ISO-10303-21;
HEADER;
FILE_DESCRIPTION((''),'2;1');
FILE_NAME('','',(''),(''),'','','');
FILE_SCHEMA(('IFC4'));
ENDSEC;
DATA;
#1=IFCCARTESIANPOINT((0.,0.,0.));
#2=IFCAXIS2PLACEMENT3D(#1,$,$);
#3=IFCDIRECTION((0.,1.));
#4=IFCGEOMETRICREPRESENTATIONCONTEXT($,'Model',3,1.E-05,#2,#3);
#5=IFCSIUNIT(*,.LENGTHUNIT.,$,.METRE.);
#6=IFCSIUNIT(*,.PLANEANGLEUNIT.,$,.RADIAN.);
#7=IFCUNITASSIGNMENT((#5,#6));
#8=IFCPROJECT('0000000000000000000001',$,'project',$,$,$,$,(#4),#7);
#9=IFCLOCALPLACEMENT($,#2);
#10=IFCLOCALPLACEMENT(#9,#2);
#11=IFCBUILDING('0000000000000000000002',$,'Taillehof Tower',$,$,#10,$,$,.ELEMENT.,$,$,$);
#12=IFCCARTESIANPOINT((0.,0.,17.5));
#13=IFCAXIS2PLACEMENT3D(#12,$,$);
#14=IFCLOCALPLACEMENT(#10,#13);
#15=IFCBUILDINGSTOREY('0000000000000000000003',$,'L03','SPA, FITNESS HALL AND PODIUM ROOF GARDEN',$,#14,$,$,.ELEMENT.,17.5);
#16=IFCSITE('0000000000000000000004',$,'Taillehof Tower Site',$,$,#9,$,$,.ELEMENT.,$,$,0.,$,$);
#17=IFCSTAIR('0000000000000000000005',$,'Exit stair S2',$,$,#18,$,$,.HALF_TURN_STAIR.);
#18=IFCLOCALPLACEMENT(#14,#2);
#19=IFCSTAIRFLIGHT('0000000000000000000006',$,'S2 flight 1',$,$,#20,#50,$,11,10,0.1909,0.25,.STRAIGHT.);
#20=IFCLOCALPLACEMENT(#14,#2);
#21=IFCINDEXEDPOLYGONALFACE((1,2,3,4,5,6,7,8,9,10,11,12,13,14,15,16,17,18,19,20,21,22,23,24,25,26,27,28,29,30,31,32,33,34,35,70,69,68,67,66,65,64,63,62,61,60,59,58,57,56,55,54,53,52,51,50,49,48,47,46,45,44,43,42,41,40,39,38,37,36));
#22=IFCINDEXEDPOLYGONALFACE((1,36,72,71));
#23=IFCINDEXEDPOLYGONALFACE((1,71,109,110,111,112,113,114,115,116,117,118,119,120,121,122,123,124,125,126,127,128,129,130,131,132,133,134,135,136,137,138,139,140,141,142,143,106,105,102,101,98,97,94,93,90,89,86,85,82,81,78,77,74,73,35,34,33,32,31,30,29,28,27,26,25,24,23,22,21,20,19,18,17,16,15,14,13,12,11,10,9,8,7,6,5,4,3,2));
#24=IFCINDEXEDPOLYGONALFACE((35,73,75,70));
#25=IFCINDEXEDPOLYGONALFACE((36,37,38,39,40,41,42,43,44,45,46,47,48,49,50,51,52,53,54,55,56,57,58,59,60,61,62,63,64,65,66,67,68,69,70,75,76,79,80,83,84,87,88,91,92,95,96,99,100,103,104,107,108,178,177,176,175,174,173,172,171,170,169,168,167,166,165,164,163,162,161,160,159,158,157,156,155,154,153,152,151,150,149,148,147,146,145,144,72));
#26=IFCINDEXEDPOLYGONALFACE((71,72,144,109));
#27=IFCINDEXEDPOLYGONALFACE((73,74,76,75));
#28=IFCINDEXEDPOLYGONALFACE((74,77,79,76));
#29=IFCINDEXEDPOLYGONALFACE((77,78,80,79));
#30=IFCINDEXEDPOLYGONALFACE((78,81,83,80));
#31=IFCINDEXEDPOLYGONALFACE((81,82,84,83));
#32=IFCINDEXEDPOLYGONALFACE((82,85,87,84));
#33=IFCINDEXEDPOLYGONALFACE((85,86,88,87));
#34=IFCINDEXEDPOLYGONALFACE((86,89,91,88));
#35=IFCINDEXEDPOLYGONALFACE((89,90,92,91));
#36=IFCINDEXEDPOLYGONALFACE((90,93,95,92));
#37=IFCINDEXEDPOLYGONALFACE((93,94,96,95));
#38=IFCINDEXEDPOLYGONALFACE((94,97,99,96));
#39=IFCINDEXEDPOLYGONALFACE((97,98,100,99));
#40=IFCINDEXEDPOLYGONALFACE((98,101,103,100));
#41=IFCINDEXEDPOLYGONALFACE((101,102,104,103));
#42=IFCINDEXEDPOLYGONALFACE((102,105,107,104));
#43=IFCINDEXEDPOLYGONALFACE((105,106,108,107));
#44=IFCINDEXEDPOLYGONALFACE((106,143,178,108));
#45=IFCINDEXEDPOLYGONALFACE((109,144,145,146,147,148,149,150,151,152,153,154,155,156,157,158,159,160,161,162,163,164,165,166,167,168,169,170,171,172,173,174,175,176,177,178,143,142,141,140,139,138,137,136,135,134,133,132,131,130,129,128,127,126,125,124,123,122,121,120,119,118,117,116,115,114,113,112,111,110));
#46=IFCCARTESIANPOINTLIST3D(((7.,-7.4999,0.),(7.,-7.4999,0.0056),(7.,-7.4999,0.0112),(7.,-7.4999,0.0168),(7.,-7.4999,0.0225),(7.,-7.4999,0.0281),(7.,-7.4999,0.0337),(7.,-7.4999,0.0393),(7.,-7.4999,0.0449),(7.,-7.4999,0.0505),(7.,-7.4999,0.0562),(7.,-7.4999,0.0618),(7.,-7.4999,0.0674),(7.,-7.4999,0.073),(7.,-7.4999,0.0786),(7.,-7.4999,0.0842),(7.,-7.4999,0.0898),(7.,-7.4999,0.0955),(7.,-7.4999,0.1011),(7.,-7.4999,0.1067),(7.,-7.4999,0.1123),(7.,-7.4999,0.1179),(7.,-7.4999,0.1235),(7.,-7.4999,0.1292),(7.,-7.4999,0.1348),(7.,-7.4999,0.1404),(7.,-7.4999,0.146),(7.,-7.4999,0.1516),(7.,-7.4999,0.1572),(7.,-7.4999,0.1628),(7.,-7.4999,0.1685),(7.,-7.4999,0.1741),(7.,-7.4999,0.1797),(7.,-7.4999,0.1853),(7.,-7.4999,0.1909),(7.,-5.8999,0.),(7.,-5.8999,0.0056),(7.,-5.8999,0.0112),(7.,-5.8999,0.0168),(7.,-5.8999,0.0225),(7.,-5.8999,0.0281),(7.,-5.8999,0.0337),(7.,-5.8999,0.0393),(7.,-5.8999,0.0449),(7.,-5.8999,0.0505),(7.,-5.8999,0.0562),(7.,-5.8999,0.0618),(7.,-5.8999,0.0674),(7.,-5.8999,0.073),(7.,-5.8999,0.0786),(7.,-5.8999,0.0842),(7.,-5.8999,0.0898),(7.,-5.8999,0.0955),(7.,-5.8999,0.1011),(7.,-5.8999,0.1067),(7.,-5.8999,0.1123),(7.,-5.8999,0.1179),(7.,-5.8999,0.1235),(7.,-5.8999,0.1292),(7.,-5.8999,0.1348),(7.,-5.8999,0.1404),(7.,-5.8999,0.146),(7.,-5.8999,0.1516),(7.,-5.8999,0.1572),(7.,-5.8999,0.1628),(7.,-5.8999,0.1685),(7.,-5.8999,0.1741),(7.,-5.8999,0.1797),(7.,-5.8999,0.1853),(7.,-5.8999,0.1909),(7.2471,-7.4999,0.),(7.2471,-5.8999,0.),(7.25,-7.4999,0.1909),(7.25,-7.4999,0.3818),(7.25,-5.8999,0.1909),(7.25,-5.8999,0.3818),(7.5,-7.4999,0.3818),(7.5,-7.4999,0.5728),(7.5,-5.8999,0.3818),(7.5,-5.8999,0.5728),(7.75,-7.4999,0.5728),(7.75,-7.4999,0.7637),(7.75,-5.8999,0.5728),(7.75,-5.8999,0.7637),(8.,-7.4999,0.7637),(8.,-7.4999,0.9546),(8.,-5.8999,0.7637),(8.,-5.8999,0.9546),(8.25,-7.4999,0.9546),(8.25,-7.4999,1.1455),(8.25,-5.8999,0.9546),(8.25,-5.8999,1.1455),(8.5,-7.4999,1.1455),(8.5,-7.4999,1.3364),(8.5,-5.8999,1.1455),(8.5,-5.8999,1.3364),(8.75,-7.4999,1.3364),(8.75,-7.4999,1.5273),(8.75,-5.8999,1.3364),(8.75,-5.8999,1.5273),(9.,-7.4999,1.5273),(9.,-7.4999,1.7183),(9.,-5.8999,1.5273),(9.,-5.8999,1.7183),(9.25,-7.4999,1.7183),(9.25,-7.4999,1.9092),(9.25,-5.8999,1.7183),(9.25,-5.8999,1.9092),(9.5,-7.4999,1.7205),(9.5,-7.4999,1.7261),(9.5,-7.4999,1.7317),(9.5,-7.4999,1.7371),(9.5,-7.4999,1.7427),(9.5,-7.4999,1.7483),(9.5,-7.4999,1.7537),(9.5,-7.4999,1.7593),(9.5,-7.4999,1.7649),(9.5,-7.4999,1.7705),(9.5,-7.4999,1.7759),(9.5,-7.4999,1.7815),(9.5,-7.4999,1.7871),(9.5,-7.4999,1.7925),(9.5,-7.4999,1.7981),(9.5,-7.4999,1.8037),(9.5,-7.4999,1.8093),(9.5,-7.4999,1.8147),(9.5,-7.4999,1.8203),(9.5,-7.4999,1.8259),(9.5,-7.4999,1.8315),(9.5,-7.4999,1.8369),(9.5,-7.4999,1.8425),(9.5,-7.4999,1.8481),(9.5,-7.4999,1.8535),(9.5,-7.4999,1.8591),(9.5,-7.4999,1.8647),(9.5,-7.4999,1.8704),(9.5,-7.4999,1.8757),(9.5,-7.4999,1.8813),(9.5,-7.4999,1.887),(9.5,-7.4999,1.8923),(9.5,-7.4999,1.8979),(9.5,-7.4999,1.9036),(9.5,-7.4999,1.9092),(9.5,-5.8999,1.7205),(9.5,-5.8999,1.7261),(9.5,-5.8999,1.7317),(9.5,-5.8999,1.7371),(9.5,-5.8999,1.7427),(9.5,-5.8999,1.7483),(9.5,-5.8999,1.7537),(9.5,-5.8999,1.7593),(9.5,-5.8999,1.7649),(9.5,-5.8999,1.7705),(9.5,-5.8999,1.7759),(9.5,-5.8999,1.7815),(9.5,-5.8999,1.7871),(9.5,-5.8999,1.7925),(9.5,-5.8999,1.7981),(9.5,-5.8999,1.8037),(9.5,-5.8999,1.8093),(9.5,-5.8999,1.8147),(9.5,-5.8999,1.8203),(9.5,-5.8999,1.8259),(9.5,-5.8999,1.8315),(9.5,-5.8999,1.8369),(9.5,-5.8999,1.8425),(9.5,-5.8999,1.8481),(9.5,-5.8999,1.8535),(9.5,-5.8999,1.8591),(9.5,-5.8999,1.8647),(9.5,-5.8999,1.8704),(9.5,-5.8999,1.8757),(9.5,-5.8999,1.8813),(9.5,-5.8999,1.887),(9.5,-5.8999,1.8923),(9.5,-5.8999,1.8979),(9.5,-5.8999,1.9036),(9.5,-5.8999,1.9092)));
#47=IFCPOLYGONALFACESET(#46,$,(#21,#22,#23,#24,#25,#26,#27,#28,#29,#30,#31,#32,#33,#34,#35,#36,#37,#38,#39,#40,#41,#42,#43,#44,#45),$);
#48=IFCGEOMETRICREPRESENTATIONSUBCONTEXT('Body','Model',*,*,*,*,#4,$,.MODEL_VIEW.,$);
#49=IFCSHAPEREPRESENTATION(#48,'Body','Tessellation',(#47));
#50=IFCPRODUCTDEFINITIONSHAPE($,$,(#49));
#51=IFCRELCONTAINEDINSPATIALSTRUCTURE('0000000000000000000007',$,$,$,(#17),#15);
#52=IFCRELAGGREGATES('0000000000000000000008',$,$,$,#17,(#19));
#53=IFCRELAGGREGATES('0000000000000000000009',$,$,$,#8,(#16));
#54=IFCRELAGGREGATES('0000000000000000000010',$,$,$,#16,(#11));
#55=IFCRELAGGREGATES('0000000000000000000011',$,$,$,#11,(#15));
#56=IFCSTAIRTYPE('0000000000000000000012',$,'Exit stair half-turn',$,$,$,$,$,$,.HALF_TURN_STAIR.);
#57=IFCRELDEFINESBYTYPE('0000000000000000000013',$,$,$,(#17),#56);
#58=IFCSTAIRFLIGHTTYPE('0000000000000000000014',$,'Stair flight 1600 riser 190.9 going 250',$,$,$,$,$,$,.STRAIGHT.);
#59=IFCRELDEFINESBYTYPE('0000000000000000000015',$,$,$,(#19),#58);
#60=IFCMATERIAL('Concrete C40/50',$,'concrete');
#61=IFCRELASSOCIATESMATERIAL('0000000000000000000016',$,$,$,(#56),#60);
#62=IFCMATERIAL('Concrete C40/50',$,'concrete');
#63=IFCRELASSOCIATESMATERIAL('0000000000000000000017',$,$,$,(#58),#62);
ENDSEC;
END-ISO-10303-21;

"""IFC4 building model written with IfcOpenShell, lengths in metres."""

from ifc_helpers import new_model, si_unit, direction, frame, origin, place, context, subcontext, project, spatial, polyline, outline, extrude, material, type_object, element, aggregate, save


model = new_model("IFC4")

# Units and contexts
model_context = context("Model", 3, precision=1e-05, world=origin(), true_north=direction((0.0, 1.0)))
body_context = subcontext(model_context, "Body", "Model", "MODEL_VIEW")
ifc_project = project(units=[si_unit("LENGTHUNIT", "METRE"), si_unit("PLANEANGLEUNIT", "RADIAN")], contexts=[model_context])

# Site, building, storey
site_placement = place(None, origin())
site = spatial("IfcSite", under=ifc_project, at=site_placement, Name="Taillehof Tower Site", CompositionType="ELEMENT", RefElevation=0.0)
building_placement = place(site_placement, origin())
building = spatial("IfcBuilding", under=site, at=building_placement, Name="Taillehof Tower", CompositionType="ELEMENT")
storey_placement = place(building_placement, frame((0.0, 0.0, 17.5)))
storey = spatial("IfcBuildingStorey", under=building, at=storey_placement, Name="L03", Description="SPA, FITNESS HALL AND PODIUM ROOF GARDEN", CompositionType="ELEMENT", Elevation=17.5)

# Shared definitions
ifc_material_1 = material(Name="Concrete C40/50", Category="concrete")
stair_type = type_object("IfcStairType", Name="Exit stair half-turn", PredefinedType="HALF_TURN_STAIR", material=ifc_material_1)

# Stair, stair flight
stair_1_placement = place(storey_placement, origin())
stair_1 = element("IfcStair", 1, at=stair_1_placement, inside=storey, type_object=stair_type, Name="Exit stair S2", PredefinedType="HALF_TURN_STAIR")
ifc_material_2 = material(Name="Concrete C40/50", Category="concrete")
stair_flight_type = type_object("IfcStairFlightType", Name="Stair flight 1600 riser 190.9 going 250", PredefinedType="STRAIGHT", material=ifc_material_2)
stair_flight_placement = place(storey_placement, frame((7.0, -6.7, 0.0), z_axis=(0.0, 0.0, 1.0), x_axis=(1.0, 0.0, 0.0)))
stair_flight = element("IfcStairFlight", 2, at=stair_flight_placement, type_object=stair_flight_type, Name="S2 flight 1", NumberOfRisers=11, NumberOfTreads=10, PredefinedType="STRAIGHT", RiserHeight=0.1909, TreadLength=0.25, context=body_context, shape_type="SweptSolid", body=[
    extrude(outline(polyline([(0.0, 0.0), (0.0, 0.0056), (0.0, 0.0112), (0.0, 0.0168), (0.0, 0.0225), (0.0, 0.0281), (0.0, 0.0337), (0.0, 0.0393), (0.0, 0.0449), (0.0, 0.0505), (0.0, 0.0562), (0.0, 0.0618), (0.0, 0.0674), (0.0, 0.073), (0.0, 0.0786), (0.0, 0.0842), (0.0, 0.0898), (0.0, 0.0955), (0.0, 0.1011), (0.0, 0.1067), (0.0, 0.1123), (0.0, 0.1179), (0.0, 0.1235), (0.0, 0.1292), (0.0, 0.1348), (0.0, 0.1404), (0.0, 0.146), (0.0, 0.1516), (0.0, 0.1572), (0.0, 0.1628), (0.0, 0.1685), (0.0, 0.1741), (0.0, 0.1797), (0.0, 0.1853), (0.0, 0.1909), (0.25, 0.1909), (0.25, 0.3818), (0.5, 0.3818), (0.5, 0.5728), (0.75, 0.5728), (0.75, 0.7637), (1.0, 0.7637), (1.0, 0.9546), (1.25, 0.9546), (1.25, 1.1455), (1.5, 1.1455), (1.5, 1.3364), (1.75, 1.3364), (1.75, 1.5273), (2.0, 1.5273), (2.0, 1.7183), (2.25, 1.7183), (2.25, 1.9092), (2.5, 1.9092), (2.5, 1.9036), (2.5, 1.8979), (2.5, 1.8923), (2.5, 1.887), (2.5, 1.8813), (2.5, 1.8757), (2.5, 1.8704), (2.5, 1.8647), (2.5, 1.8591), (2.5, 1.8535), (2.5, 1.8481), (2.5, 1.8425), (2.5, 1.8369), (2.5, 1.8315), (2.5, 1.8259), (2.5, 1.8203), (2.5, 1.8147), (2.5, 1.8093), (2.5, 1.8037), (2.5, 1.7981), (2.5, 1.7925), (2.5, 1.7871), (2.5, 1.7815), (2.5, 1.7759), (2.5, 1.7705), (2.5, 1.7649), (2.5, 1.7593), (2.5, 1.7537), (2.5, 1.7483), (2.5, 1.7427), (2.5, 1.7371), (2.5, 1.7317), (2.5, 1.7261), (2.5, 1.7205), (0.2471, 0.0), (0.0, 0.0)])), frame((0.0, 0.8, 0.0), z_axis=(0.0, -1.0, 0.0), x_axis=(1.0, 0.0, 0.0)), (0.0, 0.0, 1.0), 1.6),
])
aggregate(stair_1, [stair_flight])

save(model, "model.ifc")
